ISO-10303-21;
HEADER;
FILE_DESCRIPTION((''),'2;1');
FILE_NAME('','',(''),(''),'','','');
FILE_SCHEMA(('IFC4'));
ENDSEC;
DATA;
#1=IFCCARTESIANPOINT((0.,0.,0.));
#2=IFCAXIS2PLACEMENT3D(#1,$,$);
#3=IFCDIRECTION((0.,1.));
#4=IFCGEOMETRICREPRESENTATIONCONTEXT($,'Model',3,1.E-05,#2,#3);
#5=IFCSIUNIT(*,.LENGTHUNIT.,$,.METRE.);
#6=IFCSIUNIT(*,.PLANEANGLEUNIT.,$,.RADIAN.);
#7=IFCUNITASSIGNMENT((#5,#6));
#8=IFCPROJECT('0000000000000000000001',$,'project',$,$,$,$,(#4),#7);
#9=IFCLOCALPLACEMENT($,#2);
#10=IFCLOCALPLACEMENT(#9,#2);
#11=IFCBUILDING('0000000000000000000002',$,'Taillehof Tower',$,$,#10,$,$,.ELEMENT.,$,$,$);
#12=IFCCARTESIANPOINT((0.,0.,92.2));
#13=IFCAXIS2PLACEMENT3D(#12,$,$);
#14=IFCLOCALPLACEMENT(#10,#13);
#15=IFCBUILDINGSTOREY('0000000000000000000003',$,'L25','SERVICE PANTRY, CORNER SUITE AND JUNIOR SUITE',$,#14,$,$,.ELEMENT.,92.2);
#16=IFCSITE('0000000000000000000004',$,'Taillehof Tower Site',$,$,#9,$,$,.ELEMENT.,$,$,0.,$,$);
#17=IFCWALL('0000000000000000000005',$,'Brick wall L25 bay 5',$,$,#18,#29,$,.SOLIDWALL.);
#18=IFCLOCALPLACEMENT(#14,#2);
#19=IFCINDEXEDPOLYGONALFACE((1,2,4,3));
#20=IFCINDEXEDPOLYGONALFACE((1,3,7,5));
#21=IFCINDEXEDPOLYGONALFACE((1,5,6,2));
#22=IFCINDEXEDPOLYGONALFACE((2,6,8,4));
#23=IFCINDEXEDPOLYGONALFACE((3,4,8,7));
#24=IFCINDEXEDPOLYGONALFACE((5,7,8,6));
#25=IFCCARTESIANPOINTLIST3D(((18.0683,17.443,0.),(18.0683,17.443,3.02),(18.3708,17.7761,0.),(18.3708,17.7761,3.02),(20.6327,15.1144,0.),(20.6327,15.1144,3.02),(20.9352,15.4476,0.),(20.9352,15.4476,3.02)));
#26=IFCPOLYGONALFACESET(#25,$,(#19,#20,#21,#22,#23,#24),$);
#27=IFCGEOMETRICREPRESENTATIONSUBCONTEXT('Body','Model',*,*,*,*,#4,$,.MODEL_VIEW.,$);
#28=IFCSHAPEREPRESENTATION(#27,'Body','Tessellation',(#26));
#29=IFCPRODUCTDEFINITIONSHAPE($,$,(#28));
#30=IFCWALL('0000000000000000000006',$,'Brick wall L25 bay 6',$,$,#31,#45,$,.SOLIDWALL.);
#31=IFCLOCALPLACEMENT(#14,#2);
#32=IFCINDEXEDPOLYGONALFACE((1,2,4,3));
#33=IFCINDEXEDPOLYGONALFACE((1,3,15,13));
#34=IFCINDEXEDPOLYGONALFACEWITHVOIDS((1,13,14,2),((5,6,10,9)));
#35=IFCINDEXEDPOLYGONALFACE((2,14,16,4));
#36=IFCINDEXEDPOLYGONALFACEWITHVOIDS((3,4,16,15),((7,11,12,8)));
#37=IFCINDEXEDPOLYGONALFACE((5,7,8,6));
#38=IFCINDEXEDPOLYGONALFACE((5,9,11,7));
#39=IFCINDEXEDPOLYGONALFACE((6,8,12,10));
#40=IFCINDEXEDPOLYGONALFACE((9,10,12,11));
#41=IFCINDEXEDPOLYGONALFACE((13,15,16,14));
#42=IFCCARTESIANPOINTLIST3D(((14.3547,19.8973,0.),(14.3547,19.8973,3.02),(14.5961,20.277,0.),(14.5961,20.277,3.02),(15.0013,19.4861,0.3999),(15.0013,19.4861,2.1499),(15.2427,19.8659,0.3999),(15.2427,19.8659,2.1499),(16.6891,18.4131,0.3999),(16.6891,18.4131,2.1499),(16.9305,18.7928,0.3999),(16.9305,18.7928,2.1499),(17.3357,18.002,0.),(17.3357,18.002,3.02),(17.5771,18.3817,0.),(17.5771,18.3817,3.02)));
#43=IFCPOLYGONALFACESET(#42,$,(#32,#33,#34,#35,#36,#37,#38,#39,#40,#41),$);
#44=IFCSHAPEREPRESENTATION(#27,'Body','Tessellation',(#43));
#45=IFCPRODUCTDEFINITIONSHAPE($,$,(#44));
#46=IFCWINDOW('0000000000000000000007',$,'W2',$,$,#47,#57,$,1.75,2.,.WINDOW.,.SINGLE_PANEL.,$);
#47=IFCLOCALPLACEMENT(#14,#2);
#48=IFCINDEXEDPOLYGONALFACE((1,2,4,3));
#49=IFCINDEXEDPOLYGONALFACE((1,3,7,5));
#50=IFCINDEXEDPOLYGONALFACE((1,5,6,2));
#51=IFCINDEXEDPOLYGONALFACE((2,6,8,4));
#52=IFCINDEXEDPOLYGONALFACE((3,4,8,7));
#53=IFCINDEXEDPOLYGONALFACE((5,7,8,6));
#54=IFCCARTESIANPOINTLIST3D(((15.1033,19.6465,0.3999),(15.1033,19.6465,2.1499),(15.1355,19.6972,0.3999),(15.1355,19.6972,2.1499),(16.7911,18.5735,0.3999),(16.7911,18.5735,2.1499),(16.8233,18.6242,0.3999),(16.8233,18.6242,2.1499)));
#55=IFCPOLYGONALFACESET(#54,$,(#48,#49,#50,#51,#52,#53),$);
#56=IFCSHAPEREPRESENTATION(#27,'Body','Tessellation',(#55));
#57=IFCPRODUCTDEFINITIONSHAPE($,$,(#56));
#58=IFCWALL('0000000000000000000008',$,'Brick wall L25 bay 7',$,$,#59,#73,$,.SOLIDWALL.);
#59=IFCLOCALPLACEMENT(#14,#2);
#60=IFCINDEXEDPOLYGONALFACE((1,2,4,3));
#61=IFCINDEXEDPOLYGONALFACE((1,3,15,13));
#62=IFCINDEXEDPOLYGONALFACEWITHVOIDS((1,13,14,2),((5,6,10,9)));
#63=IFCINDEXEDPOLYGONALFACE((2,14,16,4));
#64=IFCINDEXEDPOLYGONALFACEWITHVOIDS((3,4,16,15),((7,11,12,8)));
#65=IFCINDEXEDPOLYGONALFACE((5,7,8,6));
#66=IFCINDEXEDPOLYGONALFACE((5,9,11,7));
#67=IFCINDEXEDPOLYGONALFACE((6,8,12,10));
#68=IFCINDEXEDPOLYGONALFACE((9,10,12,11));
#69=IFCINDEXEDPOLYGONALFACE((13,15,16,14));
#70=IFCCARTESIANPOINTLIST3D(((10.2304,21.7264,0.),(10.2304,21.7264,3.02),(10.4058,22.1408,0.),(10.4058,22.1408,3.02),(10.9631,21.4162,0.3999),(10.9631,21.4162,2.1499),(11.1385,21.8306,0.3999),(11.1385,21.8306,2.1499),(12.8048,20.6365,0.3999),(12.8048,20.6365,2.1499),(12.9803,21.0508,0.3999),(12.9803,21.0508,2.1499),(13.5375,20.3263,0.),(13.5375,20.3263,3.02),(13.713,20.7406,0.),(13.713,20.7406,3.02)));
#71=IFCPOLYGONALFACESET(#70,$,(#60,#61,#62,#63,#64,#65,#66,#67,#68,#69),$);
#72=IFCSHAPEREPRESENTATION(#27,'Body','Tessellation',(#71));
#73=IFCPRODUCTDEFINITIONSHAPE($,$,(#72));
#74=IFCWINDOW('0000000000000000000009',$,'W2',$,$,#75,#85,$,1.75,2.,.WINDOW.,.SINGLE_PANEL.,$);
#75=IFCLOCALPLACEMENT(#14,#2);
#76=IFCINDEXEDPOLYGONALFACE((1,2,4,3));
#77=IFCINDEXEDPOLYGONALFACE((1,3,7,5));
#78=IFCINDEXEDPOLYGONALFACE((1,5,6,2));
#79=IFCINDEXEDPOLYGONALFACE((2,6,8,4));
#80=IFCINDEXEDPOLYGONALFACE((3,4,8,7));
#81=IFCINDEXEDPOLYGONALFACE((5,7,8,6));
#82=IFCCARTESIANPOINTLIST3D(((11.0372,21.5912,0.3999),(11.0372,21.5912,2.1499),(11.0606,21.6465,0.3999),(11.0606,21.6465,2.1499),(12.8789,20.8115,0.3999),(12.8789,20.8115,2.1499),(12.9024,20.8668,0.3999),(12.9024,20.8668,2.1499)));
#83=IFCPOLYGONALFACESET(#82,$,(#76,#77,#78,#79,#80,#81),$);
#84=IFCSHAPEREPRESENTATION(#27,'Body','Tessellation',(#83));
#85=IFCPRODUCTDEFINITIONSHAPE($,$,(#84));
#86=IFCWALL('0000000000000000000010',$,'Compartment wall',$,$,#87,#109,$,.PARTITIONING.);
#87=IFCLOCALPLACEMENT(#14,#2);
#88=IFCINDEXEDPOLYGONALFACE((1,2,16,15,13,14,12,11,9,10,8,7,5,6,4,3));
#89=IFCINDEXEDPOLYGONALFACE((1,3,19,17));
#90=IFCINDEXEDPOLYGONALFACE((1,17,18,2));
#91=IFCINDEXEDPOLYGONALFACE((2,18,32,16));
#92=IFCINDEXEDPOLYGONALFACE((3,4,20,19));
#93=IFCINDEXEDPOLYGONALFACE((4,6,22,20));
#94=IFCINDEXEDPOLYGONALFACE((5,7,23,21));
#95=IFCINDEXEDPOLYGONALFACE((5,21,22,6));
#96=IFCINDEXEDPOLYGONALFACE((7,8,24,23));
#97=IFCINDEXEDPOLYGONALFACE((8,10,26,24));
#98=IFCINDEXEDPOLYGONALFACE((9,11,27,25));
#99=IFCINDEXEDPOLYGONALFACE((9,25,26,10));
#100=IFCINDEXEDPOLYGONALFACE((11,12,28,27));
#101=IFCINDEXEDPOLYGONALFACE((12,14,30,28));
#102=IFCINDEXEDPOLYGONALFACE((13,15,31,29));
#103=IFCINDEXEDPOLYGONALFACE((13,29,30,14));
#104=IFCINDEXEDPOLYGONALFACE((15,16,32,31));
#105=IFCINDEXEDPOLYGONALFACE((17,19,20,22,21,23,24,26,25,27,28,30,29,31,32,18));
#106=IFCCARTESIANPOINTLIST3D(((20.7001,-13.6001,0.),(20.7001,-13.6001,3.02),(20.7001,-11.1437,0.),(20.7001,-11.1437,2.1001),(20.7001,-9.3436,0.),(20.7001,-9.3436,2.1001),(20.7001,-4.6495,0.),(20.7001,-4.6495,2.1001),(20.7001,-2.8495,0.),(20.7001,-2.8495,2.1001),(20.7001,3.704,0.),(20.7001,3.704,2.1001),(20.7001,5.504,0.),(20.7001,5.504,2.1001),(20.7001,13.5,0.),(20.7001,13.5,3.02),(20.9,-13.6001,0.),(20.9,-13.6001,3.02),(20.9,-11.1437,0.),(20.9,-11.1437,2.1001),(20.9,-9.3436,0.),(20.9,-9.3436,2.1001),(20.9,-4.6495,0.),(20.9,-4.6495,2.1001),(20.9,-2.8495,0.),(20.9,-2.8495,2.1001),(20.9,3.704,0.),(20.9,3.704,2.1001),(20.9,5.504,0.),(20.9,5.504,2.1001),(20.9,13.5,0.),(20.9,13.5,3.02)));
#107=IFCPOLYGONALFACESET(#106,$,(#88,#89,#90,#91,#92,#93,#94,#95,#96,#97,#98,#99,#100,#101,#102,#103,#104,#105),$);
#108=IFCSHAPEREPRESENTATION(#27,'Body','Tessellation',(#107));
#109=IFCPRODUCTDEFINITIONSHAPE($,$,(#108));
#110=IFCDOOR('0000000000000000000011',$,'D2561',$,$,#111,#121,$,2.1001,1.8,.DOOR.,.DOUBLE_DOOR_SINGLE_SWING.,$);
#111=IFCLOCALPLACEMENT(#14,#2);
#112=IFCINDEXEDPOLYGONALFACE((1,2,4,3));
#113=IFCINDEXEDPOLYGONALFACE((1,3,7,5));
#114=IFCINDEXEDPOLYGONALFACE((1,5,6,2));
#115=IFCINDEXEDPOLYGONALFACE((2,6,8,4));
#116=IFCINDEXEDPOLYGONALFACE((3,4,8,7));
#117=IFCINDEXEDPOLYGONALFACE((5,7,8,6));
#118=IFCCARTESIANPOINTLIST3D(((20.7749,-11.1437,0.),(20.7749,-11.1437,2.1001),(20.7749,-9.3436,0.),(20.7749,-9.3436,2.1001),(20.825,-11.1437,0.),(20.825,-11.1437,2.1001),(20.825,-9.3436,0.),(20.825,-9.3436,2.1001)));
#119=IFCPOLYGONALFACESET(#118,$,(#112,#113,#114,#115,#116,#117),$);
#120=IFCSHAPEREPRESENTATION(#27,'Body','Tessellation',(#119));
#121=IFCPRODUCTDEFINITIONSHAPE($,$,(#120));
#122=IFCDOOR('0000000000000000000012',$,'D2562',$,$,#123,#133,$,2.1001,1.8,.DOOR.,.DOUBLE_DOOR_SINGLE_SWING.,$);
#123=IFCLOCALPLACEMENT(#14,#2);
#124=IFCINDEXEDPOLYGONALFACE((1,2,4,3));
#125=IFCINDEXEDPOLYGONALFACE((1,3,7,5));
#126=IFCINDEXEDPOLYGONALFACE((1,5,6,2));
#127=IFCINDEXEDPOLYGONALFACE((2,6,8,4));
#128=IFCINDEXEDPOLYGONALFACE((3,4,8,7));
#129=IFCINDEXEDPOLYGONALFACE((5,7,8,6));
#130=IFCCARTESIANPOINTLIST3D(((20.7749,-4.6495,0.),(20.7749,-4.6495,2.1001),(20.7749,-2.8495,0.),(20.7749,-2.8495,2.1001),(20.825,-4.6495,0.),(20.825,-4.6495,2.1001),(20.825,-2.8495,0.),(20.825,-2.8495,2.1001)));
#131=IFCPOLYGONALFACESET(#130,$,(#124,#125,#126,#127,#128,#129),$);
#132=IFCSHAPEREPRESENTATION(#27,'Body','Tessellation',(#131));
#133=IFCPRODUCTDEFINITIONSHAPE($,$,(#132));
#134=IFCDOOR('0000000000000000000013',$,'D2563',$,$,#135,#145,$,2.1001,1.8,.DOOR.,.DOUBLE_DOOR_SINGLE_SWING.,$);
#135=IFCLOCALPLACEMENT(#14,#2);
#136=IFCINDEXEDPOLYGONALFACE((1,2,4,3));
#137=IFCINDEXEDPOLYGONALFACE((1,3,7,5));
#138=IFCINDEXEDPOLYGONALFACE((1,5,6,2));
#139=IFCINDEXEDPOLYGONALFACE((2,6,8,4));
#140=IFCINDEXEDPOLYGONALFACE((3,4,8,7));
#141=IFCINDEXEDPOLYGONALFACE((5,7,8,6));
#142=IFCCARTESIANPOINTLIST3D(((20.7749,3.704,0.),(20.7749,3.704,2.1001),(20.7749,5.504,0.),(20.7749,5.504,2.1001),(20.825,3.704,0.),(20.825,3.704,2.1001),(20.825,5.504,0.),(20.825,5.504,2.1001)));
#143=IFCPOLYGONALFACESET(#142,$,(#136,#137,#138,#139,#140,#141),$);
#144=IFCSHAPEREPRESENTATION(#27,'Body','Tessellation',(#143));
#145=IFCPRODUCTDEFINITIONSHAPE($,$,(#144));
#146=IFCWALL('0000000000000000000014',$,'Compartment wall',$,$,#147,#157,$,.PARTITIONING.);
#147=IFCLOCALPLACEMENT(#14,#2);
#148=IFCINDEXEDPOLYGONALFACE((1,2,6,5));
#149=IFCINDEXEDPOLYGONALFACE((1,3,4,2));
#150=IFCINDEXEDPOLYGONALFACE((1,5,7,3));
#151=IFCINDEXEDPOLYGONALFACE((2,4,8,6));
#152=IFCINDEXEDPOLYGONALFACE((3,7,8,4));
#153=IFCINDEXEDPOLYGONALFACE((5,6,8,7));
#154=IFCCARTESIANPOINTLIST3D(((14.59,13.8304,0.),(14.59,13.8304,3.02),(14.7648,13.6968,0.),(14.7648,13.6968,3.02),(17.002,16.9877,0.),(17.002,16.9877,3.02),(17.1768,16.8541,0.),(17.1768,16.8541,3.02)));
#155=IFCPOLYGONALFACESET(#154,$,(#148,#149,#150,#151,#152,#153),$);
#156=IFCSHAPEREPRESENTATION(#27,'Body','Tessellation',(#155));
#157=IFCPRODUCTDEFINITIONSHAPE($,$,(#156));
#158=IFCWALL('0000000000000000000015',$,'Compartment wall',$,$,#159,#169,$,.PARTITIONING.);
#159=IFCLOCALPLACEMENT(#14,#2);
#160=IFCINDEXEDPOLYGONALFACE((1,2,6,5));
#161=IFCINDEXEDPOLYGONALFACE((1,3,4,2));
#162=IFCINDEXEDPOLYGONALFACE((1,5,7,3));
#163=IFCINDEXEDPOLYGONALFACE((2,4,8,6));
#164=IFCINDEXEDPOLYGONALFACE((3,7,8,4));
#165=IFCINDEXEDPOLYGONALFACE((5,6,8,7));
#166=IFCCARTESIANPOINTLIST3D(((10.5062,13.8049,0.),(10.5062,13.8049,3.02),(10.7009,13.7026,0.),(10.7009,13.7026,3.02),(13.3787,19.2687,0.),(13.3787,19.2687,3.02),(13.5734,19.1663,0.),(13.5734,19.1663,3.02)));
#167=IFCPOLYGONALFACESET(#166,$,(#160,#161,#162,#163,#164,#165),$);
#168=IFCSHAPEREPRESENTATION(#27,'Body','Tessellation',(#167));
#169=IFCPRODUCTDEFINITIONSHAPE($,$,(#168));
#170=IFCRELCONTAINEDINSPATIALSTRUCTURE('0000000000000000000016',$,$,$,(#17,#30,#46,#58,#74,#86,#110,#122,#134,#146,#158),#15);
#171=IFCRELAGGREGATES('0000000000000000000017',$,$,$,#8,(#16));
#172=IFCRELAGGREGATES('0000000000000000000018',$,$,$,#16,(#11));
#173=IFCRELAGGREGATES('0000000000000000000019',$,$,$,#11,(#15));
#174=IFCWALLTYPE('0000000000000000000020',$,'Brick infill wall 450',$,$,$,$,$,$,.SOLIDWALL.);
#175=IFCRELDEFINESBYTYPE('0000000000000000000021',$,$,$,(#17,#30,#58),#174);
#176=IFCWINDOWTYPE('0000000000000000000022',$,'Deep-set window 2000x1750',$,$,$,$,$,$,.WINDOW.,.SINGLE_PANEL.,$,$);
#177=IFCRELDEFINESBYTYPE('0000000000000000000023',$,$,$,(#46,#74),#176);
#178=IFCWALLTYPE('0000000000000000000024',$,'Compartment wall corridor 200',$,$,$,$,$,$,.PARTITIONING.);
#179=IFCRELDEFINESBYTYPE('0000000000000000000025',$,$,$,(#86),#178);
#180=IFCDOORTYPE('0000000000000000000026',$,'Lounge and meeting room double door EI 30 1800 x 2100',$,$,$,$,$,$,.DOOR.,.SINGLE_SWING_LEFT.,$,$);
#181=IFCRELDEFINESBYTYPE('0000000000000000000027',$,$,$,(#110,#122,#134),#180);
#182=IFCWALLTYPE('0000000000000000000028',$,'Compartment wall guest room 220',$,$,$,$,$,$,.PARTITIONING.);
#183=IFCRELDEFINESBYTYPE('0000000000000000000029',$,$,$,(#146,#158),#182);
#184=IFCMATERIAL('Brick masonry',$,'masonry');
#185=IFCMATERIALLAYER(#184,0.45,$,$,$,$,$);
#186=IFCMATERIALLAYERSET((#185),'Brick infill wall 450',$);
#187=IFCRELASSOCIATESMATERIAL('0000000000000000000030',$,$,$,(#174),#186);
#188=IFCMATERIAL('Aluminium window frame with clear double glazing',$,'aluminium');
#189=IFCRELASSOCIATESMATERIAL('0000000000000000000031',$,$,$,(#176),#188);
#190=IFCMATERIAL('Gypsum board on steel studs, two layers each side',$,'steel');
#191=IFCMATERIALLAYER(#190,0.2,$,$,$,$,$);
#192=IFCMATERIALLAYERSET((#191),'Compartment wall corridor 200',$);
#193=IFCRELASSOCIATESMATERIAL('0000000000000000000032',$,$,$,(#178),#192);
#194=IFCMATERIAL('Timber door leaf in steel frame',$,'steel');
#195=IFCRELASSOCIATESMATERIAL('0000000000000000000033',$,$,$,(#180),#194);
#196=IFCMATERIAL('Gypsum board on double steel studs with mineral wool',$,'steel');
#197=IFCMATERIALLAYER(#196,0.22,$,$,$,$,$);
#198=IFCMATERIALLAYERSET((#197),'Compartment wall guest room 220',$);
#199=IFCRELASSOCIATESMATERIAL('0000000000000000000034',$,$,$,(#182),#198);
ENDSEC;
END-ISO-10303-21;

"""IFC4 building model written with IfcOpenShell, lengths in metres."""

from ifc_helpers import new_model, si_unit, direction, frame, frame_2d, origin, place, context, subcontext, project, spatial, rectangle, extrude, material, layer, layer_set, type_object, element, fill, save


model = new_model("IFC4")

# Units and contexts
model_context = context("Model", 3, precision=1e-05, world=origin(), true_north=direction((0.0, 1.0)))
body_context = subcontext(model_context, "Body", "Model", "MODEL_VIEW")
ifc_project = project(units=[si_unit("LENGTHUNIT", "METRE"), si_unit("PLANEANGLEUNIT", "RADIAN")], contexts=[model_context])

# Site, building, storey
site_placement = place(None, origin())
site = spatial("IfcSite", under=ifc_project, at=site_placement, Name="Taillehof Tower Site", CompositionType="ELEMENT", RefElevation=0.0)
building_placement = place(site_placement, origin())
building = spatial("IfcBuilding", under=site, at=building_placement, Name="Taillehof Tower", CompositionType="ELEMENT")
storey_placement = place(building_placement, frame((0.0, 0.0, 92.2)))
storey = spatial("IfcBuildingStorey", under=building, at=storey_placement, Name="L25", Description="SERVICE PANTRY, CORNER SUITE AND JUNIOR SUITE", CompositionType="ELEMENT", Elevation=92.2)

# Shared definitions
ifc_material_1 = material(Name="Brick masonry", Category="masonry")
ifc_layer_1 = layer(ifc_material_1, 0.45)
ifc_layer_set_1 = layer_set([ifc_layer_1], Name="Brick infill wall 450")
wall_type_1 = type_object("IfcWallType", Name="Brick infill wall 450", PredefinedType="SOLIDWALL", material=ifc_layer_set_1)

# Wall
wall_1_placement = place(storey_placement, frame((20.7839, 15.281, 0.0), z_axis=(0.0, 0.0, 1.0), x_axis=(-0.740329, 0.672245, 0.0)))
element("IfcWall", 1, at=wall_1_placement, inside=storey, type_object=wall_type_1, Name="Brick wall L25 bay 5", PredefinedType="SOLIDWALL", context=body_context, shape_type="SweptSolid", body=[
    extrude(rectangle(XDim=3.4639, YDim=0.45, at=frame_2d((1.7319, 0.0))), origin(), (0.0, 0.0, 1.0), 3.02),
])

# Walls, openings, windows
wall_2_placement = place(storey_placement, frame((17.4563, 18.1919, 0.0), z_axis=(0.0, 0.0, 1.0), x_axis=(-0.843881, 0.536531, 0.0)))
wall_2 = element("IfcWall", 2, at=wall_2_placement, inside=storey, type_object=wall_type_1, Name="Brick wall L25 bay 6", PredefinedType="SOLIDWALL", context=body_context, shape_type="SweptSolid", body=[
    extrude(rectangle(XDim=3.5325, YDim=0.45, at=frame_2d((1.7661, 0.0))), origin(), (0.0, 0.0, 1.0), 3.02),
])
opening_1_placement = place(wall_2_placement, frame((0.7661, 0.0, 0.3999)))
opening_1 = element("IfcOpeningElement", 3, at=opening_1_placement, cuts=wall_2, PredefinedType="OPENING", context=body_context, shape_type="SweptSolid", body=[
    extrude(rectangle(XDim=2.0, YDim=1.75, at=frame_2d((1.0, 0.875))), frame((0.0, 0.2349, 0.0), z_axis=(0.0, -1.0, 0.0), x_axis=(1.0, 0.0, 0.0)), (0.0, 0.0, 1.0), 0.47),
])
ifc_material_2 = material(Name="Aluminium window frame with clear double glazing", Category="aluminium")
window_type_1 = type_object("IfcWindowType", Name="Deep-set window 2000x1750", PartitioningType="SINGLE_PANEL", PredefinedType="WINDOW", material=ifc_material_2)
window_1_placement = place(opening_1_placement, origin())
window_1 = element("IfcWindow", 4, at=window_1_placement, inside=storey, type_object=window_type_1, Name="W2", OverallHeight=1.75, OverallWidth=2.0, PartitioningType="SINGLE_PANEL", PredefinedType="WINDOW", context=body_context, shape_type="SweptSolid", body=[
    extrude(rectangle(XDim=2.0, YDim=1.75, at=frame_2d((1.0, 0.875))), frame((0.0, 0.0349, 0.0), z_axis=(0.0, -1.0, 0.0), x_axis=(1.0, 0.0, 0.0)), (0.0, 0.0, 1.0), 0.0601),
])
fill(opening_1, window_1)
wall_3_placement = place(storey_placement, frame((13.6252, 20.5334, 0.0), z_axis=(0.0, 0.0, 1.0), x_axis=(-0.92087, 0.389871, 0.0)))
wall_3 = element("IfcWall", 5, at=wall_3_placement, inside=storey, type_object=wall_type_1, Name="Brick wall L25 bay 7", PredefinedType="SOLIDWALL", context=body_context, shape_type="SweptSolid", body=[
    extrude(rectangle(XDim=3.5913, YDim=0.45, at=frame_2d((1.7957, 0.0))), origin(), (0.0, 0.0, 1.0), 3.02),
])
opening_2_placement = place(wall_3_placement, frame((0.7957, 0.0, 0.3999)))
opening_2 = element("IfcOpeningElement", 6, at=opening_2_placement, cuts=wall_3, PredefinedType="OPENING", context=body_context, shape_type="SweptSolid", body=[
    extrude(rectangle(XDim=2.0, YDim=1.75, at=frame_2d((1.0, 0.875))), frame((0.0, 0.2349, 0.0), z_axis=(0.0, -1.0, 0.0), x_axis=(1.0, 0.0, 0.0)), (0.0, 0.0, 1.0), 0.47),
])
window_2_placement = place(opening_2_placement, origin())
window_2 = element("IfcWindow", 7, at=window_2_placement, inside=storey, type_object=window_type_1, Name="W2", OverallHeight=1.75, OverallWidth=2.0, PartitioningType="SINGLE_PANEL", PredefinedType="WINDOW", context=body_context, shape_type="SweptSolid", body=[
    extrude(rectangle(XDim=2.0, YDim=1.75, at=frame_2d((1.0, 0.875))), frame((0.0, 0.0349, 0.0), z_axis=(0.0, -1.0, 0.0), x_axis=(1.0, 0.0, 0.0)), (0.0, 0.0, 1.0), 0.0601),
])
fill(opening_2, window_2)

# Wall, openings, doors
ifc_material_3 = material(Name="Gypsum board on steel studs, two layers each side", Category="steel")
ifc_layer_2 = layer(ifc_material_3, 0.2)
ifc_layer_set_2 = layer_set([ifc_layer_2], Name="Compartment wall corridor 200")
wall_type_2 = type_object("IfcWallType", Name="Compartment wall corridor 200", PredefinedType="PARTITIONING", material=ifc_layer_set_2)
wall_4_placement = place(storey_placement, frame((20.8, 13.5, 0.0), z_axis=(0.0, 0.0, 1.0), x_axis=(0.0, -1.0, 0.0)))
wall_4 = element("IfcWall", 8, at=wall_4_placement, inside=storey, type_object=wall_type_2, Name="Compartment wall", PredefinedType="PARTITIONING", context=body_context, shape_type="SweptSolid", body=[
    extrude(rectangle(XDim=27.1001, YDim=0.2, at=frame_2d((13.55, 0.0))), origin(), (0.0, 0.0, 1.0), 3.02),
])
opening_3_placement = place(wall_4_placement, frame((22.8438, 0.0, 0.0)))
opening_3 = element("IfcOpeningElement", 9, at=opening_3_placement, cuts=wall_4, PredefinedType="OPENING", context=body_context, shape_type="SweptSolid", body=[
    extrude(rectangle(XDim=1.8, YDim=2.1001, at=frame_2d((0.8999, 1.05))), frame((0.0, 0.1099, 0.0), z_axis=(0.0, -1.0, 0.0), x_axis=(1.0, 0.0, 0.0)), (0.0, 0.0, 1.0), 0.22),
])
opening_4_placement = place(wall_4_placement, frame((16.3496, 0.0, 0.0)))
opening_4 = element("IfcOpeningElement", 10, at=opening_4_placement, cuts=wall_4, PredefinedType="OPENING", context=body_context, shape_type="SweptSolid", body=[
    extrude(rectangle(XDim=1.8, YDim=2.1001, at=frame_2d((0.8999, 1.05))), frame((0.0, 0.1099, 0.0), z_axis=(0.0, -1.0, 0.0), x_axis=(1.0, 0.0, 0.0)), (0.0, 0.0, 1.0), 0.22),
])
opening_5_placement = place(wall_4_placement, frame((7.9961, 0.0, 0.0)))
opening_5 = element("IfcOpeningElement", 11, at=opening_5_placement, cuts=wall_4, PredefinedType="OPENING", context=body_context, shape_type="SweptSolid", body=[
    extrude(rectangle(XDim=1.8, YDim=2.1001, at=frame_2d((0.8999, 1.05))), frame((0.0, 0.1099, 0.0), z_axis=(0.0, -1.0, 0.0), x_axis=(1.0, 0.0, 0.0)), (0.0, 0.0, 1.0), 0.22),
])
ifc_material_4 = material(Name="Timber door leaf in steel frame", Category="steel")
door_type_1 = type_object("IfcDoorType", Name="Lounge and meeting room double door EI 30 1800 x 2100", OperationType="SINGLE_SWING_LEFT", PredefinedType="DOOR", material=ifc_material_4)
door_1_placement = place(opening_3_placement, origin())
door_1 = element("IfcDoor", 12, at=door_1_placement, inside=storey, type_object=door_type_1, Name="D2561", OperationType="DOUBLE_DOOR_SINGLE_SWING", OverallHeight=2.1001, OverallWidth=1.8, PredefinedType="DOOR", context=body_context, shape_type="SweptSolid", body=[
    extrude(rectangle(XDim=1.8, YDim=2.1001, at=frame_2d((0.8999, 1.05))), frame((0.0, 0.0249, 0.0), z_axis=(0.0, -1.0, 0.0), x_axis=(1.0, 0.0, 0.0)), (0.0, 0.0, 1.0), 0.05),
])
fill(opening_3, door_1)
door_2_placement = place(opening_4_placement, origin())
door_2 = element("IfcDoor", 13, at=door_2_placement, inside=storey, type_object=door_type_1, Name="D2562", OperationType="DOUBLE_DOOR_SINGLE_SWING", OverallHeight=2.1001, OverallWidth=1.8, PredefinedType="DOOR", context=body_context, shape_type="SweptSolid", body=[
    extrude(rectangle(XDim=1.8, YDim=2.1001, at=frame_2d((0.8999, 1.05))), frame((0.0, 0.0249, 0.0), z_axis=(0.0, -1.0, 0.0), x_axis=(1.0, 0.0, 0.0)), (0.0, 0.0, 1.0), 0.05),
])
fill(opening_4, door_2)
door_3_placement = place(opening_5_placement, origin())
door_3 = element("IfcDoor", 14, at=door_3_placement, inside=storey, type_object=door_type_1, Name="D2563", OperationType="DOUBLE_DOOR_SINGLE_SWING", OverallHeight=2.1001, OverallWidth=1.8, PredefinedType="DOOR", context=body_context, shape_type="SweptSolid", body=[
    extrude(rectangle(XDim=1.8, YDim=2.1001, at=frame_2d((0.8999, 1.05))), frame((0.0, 0.0249, 0.0), z_axis=(0.0, -1.0, 0.0), x_axis=(1.0, 0.0, 0.0)), (0.0, 0.0, 1.0), 0.05),
])
fill(opening_5, door_3)

# Walls
ifc_material_5 = material(Name="Gypsum board on double steel studs with mineral wool", Category="steel")
ifc_layer_3 = layer(ifc_material_5, 0.22)
ifc_layer_set_3 = layer_set([ifc_layer_3], Name="Compartment wall guest room 220")
wall_type_3 = type_object("IfcWallType", Name="Compartment wall guest room 220", PredefinedType="PARTITIONING", material=ifc_layer_set_3)
wall_5_placement = place(storey_placement, frame((17.0894, 16.9209, 0.0), z_axis=(0.0, 0.0, 1.0), x_axis=(-0.607055, -0.794659, 0.0)))
element("IfcWall", 15, at=wall_5_placement, inside=storey, type_object=wall_type_3, Name="Compartment wall", PredefinedType="PARTITIONING", context=body_context, shape_type="SweptSolid", body=[
    extrude(rectangle(XDim=3.9731, YDim=0.22, at=frame_2d((1.9866, 0.0))), origin(), (0.0, 0.0, 1.0), 3.02),
])
wall_6_placement = place(storey_placement, frame((13.4761, 19.2175, 0.0), z_axis=(0.0, 0.0, 1.0), x_axis=(-0.465345, -0.885129, 0.0)))
element("IfcWall", 16, at=wall_6_placement, inside=storey, type_object=wall_type_3, Name="Compartment wall", PredefinedType="PARTITIONING", context=body_context, shape_type="SweptSolid", body=[
    extrude(rectangle(XDim=6.1729, YDim=0.22, at=frame_2d((3.0864, 0.0))), origin(), (0.0, 0.0, 1.0), 3.02),
])

save(model, "model.ifc")
